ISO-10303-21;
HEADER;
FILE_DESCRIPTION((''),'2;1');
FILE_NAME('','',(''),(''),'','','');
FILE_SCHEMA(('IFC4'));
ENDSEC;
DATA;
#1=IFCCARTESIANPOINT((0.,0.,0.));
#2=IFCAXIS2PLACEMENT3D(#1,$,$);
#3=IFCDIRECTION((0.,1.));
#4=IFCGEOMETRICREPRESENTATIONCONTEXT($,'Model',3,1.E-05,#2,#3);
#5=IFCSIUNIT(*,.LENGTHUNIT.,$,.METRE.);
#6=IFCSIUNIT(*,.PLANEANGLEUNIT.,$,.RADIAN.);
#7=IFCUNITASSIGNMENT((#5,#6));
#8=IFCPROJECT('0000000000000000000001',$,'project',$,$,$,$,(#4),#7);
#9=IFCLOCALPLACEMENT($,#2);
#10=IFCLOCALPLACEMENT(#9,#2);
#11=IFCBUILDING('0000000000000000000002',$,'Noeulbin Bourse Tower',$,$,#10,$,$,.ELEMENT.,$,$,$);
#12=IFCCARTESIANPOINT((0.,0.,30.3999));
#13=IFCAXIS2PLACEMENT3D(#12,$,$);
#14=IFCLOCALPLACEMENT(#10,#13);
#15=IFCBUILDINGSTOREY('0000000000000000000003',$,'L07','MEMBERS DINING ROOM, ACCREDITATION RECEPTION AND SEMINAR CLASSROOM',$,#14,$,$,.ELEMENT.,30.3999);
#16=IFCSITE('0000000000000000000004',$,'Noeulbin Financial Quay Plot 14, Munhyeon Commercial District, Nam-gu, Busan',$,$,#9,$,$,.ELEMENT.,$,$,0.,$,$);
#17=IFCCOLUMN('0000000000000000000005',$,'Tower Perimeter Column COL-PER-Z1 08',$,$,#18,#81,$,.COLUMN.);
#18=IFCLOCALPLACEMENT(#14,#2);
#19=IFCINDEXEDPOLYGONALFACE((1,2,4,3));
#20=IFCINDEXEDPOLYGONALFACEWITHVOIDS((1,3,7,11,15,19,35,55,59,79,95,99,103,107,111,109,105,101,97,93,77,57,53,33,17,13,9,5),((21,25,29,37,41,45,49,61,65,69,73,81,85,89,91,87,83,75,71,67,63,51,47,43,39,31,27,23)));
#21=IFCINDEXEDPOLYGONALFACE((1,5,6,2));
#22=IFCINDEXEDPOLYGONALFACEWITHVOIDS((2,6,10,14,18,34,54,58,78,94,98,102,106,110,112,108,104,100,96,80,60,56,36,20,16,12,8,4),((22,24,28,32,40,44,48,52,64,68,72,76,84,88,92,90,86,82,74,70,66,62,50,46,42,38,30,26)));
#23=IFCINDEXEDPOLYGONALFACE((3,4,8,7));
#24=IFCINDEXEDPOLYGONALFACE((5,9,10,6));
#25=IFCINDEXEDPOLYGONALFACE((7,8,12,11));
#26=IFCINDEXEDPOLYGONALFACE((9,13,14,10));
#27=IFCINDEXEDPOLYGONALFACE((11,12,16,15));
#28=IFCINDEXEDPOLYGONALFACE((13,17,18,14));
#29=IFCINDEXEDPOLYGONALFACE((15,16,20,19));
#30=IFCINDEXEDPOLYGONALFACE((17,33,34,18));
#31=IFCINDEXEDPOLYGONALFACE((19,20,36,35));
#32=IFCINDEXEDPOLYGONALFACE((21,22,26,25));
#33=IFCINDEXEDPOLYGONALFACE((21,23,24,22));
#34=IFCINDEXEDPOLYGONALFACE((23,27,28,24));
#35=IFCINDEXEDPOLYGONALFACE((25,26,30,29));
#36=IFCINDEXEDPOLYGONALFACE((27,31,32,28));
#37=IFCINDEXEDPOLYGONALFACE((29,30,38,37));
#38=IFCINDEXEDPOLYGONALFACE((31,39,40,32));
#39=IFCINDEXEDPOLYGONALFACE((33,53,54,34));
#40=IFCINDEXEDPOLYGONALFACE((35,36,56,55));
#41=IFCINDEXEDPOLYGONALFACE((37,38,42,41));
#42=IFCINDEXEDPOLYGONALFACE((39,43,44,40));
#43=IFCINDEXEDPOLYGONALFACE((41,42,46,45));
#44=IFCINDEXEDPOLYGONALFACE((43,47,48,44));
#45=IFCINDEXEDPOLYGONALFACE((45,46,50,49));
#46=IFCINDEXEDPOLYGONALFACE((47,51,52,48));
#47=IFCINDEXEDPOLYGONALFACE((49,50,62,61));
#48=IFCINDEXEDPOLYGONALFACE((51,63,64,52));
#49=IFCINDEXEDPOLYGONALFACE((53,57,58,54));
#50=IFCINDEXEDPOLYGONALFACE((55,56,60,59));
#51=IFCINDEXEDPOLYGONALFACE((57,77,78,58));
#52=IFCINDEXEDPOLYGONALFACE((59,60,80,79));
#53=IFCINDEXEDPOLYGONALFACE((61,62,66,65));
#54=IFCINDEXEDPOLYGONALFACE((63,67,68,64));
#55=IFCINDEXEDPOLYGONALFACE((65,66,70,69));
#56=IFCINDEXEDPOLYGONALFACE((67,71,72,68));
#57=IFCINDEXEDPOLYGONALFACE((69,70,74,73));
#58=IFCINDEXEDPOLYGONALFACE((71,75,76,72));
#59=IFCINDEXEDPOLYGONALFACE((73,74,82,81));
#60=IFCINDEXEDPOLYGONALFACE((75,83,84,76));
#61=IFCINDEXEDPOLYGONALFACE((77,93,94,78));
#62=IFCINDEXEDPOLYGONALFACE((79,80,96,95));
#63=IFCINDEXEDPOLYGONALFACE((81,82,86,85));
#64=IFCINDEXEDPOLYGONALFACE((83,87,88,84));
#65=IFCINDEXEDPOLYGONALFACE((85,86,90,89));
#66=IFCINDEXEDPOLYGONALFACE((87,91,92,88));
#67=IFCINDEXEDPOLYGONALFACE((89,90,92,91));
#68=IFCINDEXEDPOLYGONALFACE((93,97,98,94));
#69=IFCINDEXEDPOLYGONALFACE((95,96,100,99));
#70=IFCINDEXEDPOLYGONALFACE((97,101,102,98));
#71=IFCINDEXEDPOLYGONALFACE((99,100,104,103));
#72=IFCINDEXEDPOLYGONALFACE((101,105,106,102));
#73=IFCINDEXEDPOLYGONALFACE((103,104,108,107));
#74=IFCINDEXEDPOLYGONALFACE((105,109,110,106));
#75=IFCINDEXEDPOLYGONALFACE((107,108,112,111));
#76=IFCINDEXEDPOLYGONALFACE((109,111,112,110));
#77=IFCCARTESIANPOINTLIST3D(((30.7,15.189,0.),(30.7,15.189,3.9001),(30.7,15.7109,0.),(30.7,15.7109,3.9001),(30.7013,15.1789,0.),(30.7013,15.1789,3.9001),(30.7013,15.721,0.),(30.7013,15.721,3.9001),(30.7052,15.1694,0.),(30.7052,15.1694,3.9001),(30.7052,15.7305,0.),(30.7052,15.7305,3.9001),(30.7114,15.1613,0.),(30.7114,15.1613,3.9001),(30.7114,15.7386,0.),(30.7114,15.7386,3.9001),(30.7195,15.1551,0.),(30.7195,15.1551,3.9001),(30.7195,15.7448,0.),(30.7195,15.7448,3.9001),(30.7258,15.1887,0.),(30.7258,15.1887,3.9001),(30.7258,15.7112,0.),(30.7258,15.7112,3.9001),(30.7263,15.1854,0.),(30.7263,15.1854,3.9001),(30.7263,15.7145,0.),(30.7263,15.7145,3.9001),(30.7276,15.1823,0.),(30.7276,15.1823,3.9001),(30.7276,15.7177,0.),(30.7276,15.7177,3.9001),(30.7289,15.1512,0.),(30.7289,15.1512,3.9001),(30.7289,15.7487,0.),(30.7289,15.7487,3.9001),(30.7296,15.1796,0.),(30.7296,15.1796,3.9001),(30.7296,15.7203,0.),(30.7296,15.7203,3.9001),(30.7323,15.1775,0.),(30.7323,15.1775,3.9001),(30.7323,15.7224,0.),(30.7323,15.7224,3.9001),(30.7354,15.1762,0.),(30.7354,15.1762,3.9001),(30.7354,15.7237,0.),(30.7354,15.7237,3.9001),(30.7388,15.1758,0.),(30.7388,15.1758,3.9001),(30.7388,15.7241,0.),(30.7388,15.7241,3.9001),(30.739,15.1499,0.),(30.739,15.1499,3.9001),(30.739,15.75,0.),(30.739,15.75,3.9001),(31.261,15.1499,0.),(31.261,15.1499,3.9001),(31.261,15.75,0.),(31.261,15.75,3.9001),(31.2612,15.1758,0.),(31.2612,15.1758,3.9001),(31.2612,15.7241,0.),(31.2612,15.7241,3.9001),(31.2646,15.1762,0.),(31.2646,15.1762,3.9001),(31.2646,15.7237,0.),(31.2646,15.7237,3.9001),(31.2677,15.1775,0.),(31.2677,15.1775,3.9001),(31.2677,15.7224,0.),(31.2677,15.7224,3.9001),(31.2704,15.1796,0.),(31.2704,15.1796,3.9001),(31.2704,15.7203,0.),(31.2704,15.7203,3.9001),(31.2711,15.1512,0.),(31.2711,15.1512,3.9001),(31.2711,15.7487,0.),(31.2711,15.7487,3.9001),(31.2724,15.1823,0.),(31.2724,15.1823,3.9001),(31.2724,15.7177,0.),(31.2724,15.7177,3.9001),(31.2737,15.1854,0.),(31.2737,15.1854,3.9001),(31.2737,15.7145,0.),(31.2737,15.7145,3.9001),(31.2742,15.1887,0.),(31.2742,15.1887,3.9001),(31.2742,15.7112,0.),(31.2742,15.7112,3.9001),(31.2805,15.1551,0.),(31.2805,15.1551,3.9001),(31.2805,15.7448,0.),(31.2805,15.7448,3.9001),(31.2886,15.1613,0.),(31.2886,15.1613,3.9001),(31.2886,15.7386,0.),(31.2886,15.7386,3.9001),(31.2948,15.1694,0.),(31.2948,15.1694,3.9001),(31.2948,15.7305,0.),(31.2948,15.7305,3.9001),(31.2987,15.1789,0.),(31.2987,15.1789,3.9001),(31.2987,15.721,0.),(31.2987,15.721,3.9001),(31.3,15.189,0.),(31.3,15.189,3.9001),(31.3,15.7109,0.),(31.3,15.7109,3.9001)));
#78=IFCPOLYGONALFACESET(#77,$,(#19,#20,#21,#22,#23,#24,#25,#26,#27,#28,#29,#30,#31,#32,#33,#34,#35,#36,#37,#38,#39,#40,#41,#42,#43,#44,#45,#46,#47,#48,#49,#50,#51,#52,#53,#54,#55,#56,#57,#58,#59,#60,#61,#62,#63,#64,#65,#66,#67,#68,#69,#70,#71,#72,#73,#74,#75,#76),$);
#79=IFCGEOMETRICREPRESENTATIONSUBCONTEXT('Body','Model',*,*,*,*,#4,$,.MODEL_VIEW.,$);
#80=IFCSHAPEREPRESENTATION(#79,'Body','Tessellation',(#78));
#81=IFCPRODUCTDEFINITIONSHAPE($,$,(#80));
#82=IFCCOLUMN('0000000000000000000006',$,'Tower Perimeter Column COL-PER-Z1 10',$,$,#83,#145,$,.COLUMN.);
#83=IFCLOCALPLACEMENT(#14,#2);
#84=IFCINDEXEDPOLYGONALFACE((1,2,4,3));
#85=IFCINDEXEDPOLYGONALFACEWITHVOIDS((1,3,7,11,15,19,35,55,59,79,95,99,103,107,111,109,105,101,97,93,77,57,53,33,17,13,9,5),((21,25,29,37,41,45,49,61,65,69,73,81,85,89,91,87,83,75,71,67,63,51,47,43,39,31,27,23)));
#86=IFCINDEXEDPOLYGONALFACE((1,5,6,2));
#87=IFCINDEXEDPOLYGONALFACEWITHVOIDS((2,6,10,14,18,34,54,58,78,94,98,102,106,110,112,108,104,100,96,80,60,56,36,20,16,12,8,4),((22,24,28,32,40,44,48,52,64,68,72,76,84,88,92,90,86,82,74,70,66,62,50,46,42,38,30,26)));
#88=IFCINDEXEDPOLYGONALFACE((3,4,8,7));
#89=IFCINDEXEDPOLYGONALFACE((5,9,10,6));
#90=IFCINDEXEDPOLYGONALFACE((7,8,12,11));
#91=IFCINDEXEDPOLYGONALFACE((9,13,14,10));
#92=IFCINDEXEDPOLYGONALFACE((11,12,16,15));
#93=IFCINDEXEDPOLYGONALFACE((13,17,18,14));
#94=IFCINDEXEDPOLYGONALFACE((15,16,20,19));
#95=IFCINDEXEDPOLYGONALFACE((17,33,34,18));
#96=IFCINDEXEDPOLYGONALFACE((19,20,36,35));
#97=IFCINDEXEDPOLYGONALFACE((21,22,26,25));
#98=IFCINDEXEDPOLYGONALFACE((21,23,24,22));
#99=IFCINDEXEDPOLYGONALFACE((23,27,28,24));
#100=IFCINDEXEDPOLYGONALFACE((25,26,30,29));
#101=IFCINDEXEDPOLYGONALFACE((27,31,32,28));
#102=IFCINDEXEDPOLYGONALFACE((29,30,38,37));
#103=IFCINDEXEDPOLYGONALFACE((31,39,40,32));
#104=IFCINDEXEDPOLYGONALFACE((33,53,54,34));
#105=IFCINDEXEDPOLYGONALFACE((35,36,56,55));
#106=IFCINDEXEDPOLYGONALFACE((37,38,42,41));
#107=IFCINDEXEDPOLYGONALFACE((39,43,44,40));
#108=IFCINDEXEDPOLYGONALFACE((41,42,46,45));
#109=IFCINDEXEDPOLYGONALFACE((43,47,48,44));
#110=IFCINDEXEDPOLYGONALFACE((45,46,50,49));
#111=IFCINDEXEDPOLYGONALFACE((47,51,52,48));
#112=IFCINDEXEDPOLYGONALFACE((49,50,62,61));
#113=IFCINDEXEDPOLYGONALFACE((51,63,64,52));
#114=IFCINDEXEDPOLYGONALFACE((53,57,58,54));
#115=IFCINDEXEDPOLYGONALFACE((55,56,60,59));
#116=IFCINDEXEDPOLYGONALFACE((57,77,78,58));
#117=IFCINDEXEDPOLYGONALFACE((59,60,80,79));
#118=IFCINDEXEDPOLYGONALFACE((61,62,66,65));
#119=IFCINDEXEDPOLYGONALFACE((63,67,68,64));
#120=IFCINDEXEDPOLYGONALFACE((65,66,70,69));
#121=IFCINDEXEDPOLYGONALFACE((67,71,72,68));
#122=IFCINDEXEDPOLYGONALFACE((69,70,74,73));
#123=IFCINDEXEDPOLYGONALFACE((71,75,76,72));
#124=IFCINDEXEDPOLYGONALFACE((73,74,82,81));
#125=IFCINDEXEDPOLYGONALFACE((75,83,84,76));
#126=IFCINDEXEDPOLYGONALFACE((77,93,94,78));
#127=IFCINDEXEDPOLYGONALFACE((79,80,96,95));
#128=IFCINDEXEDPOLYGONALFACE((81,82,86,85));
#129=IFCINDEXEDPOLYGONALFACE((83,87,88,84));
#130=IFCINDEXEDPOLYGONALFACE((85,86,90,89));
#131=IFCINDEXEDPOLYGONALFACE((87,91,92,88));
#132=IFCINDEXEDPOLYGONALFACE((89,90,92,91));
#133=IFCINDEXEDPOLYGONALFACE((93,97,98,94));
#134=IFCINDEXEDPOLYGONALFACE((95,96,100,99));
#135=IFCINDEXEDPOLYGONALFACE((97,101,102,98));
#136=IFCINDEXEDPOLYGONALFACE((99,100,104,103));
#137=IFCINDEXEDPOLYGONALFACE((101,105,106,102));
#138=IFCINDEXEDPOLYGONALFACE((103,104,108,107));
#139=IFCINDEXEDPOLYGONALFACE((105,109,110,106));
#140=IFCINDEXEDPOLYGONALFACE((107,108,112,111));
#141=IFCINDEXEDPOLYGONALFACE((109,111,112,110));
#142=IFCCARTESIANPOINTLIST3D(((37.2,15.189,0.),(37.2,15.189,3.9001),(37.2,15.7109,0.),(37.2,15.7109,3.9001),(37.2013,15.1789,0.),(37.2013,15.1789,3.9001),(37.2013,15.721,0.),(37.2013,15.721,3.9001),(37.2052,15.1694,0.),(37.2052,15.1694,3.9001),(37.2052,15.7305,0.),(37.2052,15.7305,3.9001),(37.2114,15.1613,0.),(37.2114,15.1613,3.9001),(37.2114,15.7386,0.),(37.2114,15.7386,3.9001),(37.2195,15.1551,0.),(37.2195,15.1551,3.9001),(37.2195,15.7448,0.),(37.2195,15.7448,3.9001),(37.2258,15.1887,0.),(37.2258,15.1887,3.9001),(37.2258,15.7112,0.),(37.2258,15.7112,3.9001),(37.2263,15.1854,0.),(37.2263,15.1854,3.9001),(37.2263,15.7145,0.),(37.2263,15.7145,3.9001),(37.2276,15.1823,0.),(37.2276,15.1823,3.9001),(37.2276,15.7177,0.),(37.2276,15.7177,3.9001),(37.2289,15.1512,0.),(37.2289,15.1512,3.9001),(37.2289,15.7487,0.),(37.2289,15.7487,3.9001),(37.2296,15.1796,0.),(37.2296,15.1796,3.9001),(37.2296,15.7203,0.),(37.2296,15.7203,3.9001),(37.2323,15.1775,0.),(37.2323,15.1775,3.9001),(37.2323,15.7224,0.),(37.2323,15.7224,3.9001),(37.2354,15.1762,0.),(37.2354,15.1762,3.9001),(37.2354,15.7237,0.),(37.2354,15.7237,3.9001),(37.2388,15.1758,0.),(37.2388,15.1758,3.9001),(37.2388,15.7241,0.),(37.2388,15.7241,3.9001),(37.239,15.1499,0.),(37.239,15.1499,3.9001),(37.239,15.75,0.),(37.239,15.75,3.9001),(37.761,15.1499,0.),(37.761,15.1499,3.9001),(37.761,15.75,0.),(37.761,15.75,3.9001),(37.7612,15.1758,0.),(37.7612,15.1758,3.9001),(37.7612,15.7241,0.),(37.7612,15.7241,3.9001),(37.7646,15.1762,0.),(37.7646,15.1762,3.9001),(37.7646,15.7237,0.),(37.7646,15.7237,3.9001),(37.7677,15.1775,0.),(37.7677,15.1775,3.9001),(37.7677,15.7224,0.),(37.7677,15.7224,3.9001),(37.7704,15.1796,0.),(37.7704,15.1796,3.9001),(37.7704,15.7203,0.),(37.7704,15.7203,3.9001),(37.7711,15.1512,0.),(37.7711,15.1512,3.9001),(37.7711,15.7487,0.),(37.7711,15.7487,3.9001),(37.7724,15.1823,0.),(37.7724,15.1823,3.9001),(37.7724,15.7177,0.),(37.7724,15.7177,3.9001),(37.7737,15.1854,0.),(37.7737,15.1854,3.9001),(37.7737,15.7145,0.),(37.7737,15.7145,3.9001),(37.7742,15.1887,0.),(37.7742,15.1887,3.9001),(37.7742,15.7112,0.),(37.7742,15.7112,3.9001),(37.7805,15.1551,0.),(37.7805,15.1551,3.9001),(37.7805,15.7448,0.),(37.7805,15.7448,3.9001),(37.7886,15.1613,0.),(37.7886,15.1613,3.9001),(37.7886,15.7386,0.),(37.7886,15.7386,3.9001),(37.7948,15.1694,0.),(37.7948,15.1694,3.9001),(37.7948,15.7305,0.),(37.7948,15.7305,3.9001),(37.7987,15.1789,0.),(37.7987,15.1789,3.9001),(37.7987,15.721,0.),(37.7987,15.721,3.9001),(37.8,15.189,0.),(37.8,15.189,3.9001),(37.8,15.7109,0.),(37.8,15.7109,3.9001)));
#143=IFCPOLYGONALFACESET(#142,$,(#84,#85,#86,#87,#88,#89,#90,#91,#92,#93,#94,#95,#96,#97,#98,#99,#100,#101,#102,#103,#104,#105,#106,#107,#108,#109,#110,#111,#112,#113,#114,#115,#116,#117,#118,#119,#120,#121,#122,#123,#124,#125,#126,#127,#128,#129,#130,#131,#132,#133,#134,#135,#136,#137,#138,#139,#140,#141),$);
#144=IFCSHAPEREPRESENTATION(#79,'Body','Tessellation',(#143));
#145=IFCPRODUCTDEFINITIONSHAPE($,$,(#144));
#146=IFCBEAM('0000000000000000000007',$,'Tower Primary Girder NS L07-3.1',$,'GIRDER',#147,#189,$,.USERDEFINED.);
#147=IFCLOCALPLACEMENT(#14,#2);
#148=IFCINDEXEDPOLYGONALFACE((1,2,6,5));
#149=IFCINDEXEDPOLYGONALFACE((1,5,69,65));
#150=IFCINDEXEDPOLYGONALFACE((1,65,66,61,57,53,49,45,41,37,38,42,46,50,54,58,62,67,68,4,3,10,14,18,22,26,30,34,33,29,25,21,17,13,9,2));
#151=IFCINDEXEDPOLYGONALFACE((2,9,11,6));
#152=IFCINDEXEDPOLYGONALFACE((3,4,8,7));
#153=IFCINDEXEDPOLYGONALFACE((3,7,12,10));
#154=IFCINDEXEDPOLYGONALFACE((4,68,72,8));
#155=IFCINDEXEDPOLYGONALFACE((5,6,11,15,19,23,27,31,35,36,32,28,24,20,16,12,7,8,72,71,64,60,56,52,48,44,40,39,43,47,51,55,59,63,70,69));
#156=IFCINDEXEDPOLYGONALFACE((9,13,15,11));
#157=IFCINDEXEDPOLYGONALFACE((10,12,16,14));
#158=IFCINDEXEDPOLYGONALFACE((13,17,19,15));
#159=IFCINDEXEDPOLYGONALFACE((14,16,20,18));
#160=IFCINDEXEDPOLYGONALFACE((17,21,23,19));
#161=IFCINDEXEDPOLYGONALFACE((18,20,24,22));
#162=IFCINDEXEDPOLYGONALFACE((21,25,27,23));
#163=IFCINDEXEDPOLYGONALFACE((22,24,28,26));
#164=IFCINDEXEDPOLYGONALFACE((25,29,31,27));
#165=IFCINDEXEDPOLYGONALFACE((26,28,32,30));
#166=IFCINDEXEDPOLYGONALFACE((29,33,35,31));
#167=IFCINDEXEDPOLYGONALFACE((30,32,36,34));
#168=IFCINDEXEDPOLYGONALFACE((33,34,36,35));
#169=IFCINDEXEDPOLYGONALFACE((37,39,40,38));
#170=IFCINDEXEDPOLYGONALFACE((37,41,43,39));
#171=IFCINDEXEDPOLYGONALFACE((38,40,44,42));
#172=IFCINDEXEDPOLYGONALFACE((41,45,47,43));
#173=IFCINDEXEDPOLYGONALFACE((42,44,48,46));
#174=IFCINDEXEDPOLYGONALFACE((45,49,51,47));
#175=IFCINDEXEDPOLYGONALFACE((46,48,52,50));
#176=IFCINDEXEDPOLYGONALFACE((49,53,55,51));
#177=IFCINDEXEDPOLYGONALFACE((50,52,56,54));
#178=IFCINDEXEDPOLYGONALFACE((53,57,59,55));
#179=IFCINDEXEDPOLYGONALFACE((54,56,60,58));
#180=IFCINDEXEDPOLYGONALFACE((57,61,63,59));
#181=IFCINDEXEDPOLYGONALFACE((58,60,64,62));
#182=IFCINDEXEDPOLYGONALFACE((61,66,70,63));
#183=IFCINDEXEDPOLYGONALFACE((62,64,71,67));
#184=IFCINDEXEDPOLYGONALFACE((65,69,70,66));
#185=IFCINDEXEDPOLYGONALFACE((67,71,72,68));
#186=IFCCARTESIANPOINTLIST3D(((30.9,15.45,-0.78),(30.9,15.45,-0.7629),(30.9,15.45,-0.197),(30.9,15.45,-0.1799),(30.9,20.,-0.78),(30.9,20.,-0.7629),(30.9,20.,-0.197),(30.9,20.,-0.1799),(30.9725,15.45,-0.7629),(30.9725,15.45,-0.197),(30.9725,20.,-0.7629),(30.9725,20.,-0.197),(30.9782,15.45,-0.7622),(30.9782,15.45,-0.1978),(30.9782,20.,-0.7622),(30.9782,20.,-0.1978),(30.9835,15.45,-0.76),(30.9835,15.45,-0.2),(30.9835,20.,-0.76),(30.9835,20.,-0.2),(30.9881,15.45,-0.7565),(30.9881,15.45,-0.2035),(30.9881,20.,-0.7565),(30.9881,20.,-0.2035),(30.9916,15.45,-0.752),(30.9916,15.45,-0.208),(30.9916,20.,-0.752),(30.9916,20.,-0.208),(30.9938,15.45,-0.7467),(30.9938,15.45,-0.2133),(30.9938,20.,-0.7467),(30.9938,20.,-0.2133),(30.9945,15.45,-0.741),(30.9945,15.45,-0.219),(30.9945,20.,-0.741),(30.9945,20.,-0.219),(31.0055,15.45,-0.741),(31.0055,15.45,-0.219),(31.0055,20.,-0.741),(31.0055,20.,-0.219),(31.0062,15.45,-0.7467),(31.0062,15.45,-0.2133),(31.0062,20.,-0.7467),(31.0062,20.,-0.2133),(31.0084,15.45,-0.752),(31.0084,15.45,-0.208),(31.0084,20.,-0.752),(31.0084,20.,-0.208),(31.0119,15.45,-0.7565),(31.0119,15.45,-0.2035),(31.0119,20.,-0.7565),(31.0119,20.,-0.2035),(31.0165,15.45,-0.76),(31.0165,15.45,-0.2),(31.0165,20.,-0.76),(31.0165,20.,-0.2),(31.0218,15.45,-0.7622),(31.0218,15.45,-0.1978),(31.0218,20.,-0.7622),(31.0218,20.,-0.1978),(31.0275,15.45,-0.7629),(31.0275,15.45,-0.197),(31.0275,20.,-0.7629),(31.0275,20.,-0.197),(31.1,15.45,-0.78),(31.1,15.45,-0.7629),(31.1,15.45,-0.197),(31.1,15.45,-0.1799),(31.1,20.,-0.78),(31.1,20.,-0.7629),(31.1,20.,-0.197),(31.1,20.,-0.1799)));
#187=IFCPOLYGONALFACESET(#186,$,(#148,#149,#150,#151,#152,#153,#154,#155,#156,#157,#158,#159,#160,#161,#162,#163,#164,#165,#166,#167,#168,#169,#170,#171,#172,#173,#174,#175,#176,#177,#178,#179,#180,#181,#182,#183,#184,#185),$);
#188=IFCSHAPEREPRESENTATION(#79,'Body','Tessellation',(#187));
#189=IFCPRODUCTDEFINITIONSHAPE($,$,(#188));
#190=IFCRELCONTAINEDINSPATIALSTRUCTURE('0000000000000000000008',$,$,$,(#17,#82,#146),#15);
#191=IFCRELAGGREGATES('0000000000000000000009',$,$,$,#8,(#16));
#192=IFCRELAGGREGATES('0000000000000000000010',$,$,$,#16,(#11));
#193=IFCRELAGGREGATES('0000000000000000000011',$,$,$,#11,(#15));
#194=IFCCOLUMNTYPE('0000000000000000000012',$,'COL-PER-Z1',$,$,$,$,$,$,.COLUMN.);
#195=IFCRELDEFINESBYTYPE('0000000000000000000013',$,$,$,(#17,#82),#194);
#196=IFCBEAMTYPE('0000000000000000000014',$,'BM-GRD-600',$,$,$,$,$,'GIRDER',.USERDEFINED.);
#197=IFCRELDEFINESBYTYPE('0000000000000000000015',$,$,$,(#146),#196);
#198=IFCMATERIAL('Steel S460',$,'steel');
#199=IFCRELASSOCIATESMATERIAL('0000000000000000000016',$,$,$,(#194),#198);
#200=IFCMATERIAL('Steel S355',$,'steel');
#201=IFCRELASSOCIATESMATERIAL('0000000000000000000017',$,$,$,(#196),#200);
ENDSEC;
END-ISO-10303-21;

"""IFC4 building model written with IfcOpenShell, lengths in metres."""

from ifc_helpers import new_model, si_unit, direction, frame, origin, origin_2d, place, context, subcontext, project, spatial, hollow_rectangle, i_section, extrude, material, material_profile, profile_set, type_object, element, save


model = new_model("IFC4")

# Units and contexts
model_context = context("Model", 3, precision=1e-05, world=origin(), true_north=direction((0.0, 1.0)))
body_context = subcontext(model_context, "Body", "Model", "MODEL_VIEW")
ifc_project = project(units=[si_unit("LENGTHUNIT", "METRE"), si_unit("PLANEANGLEUNIT", "RADIAN")], contexts=[model_context])

# Site, building, storey
site_placement = place(None, origin())
site = spatial("IfcSite", under=ifc_project, at=site_placement, Name="Noeulbin Financial Quay Plot 14, Munhyeon Commercial District, Nam-gu, Busan", CompositionType="ELEMENT", RefElevation=0.0)
building_placement = place(site_placement, origin())
building = spatial("IfcBuilding", under=site, at=building_placement, Name="Noeulbin Bourse Tower", CompositionType="ELEMENT")
storey_placement = place(building_placement, frame((0.0, 0.0, 30.3999)))
storey = spatial("IfcBuildingStorey", under=building, at=storey_placement, Name="L07", Description="MEMBERS DINING ROOM, ACCREDITATION RECEPTION AND SEMINAR CLASSROOM", CompositionType="ELEMENT", Elevation=30.3999)

# Columns
ifc_material_1 = material(Name="Steel S460", Category="steel")
ifc_material_profile_1 = material_profile(ifc_material_1, hollow_rectangle(XDim=0.6001, YDim=0.6001, WallThickness=0.0259, InnerFilletRadius=0.0129, OuterFilletRadius=0.0391, at=origin_2d()), Name="BOX-600x600x26", Category="LoadBearing")
ifc_profile_set_1 = profile_set([ifc_material_profile_1], Name="Steel S460")
column_type = type_object("IfcColumnType", Name="COL-PER-Z1", PredefinedType="COLUMN", material=ifc_profile_set_1)
for number, where, z_axis, x_axis, name in (
    (1, (31.0, 15.45, 0.0), (0.0, 0.0, 1.0), (1.0, 0.0, 0.0), "Tower Perimeter Column COL-PER-Z1 08"),
    (2, (37.5, 15.45, 0.0), (0.0, 0.0, 1.0), (1.0, 0.0, 0.0), "Tower Perimeter Column COL-PER-Z1 10"),
):
    element("IfcColumn", number, at=place(storey_placement, frame(where, z_axis=z_axis, x_axis=x_axis)), inside=storey, type_object=column_type, Name=name, PredefinedType="COLUMN", context=body_context, shape_type="SweptSolid", body=[
        extrude(hollow_rectangle(XDim=0.6001, YDim=0.6001, WallThickness=0.0259, InnerFilletRadius=0.0129, OuterFilletRadius=0.0391, at=origin_2d()), origin(), (0.0, 0.0, 1.0), 3.9001),
    ])

# Beam
ifc_material_2 = material(Name="Steel S355", Category="steel")
ifc_material_profile_2 = material_profile(ifc_material_2, i_section(OverallWidth=0.2, OverallDepth=0.6001, WebThickness=0.011, FlangeThickness=0.0171, FilletRadius=0.022, at=origin_2d()), Name="H-600x200x11x17", Category="LoadBearing")
ifc_profile_set_2 = profile_set([ifc_material_profile_2], Name="Steel S355")
beam_type_1 = type_object("IfcBeamType", Name="BM-GRD-600", ElementType="GIRDER", PredefinedType="USERDEFINED", material=ifc_profile_set_2)
for number, where, z_axis, x_axis, name in (
    (3, (31.0, 15.45, -0.48), (0.0, 1.0, 0.0), (-1.0, 0.0, 0.0), "Tower Primary Girder NS L07-3.1"),
):
    element("IfcBeam", number, at=place(storey_placement, frame(where, z_axis=z_axis, x_axis=x_axis)), inside=storey, type_object=beam_type_1, Name=name, ObjectType="GIRDER", PredefinedType="USERDEFINED", context=body_context, shape_type="SweptSolid", body=[
        extrude(i_section(OverallWidth=0.2, OverallDepth=0.6001, WebThickness=0.011, FlangeThickness=0.0171, FilletRadius=0.022, at=origin_2d()), origin(), (0.0, 0.0, 1.0), 4.55),
    ])

save(model, "model.ifc")
